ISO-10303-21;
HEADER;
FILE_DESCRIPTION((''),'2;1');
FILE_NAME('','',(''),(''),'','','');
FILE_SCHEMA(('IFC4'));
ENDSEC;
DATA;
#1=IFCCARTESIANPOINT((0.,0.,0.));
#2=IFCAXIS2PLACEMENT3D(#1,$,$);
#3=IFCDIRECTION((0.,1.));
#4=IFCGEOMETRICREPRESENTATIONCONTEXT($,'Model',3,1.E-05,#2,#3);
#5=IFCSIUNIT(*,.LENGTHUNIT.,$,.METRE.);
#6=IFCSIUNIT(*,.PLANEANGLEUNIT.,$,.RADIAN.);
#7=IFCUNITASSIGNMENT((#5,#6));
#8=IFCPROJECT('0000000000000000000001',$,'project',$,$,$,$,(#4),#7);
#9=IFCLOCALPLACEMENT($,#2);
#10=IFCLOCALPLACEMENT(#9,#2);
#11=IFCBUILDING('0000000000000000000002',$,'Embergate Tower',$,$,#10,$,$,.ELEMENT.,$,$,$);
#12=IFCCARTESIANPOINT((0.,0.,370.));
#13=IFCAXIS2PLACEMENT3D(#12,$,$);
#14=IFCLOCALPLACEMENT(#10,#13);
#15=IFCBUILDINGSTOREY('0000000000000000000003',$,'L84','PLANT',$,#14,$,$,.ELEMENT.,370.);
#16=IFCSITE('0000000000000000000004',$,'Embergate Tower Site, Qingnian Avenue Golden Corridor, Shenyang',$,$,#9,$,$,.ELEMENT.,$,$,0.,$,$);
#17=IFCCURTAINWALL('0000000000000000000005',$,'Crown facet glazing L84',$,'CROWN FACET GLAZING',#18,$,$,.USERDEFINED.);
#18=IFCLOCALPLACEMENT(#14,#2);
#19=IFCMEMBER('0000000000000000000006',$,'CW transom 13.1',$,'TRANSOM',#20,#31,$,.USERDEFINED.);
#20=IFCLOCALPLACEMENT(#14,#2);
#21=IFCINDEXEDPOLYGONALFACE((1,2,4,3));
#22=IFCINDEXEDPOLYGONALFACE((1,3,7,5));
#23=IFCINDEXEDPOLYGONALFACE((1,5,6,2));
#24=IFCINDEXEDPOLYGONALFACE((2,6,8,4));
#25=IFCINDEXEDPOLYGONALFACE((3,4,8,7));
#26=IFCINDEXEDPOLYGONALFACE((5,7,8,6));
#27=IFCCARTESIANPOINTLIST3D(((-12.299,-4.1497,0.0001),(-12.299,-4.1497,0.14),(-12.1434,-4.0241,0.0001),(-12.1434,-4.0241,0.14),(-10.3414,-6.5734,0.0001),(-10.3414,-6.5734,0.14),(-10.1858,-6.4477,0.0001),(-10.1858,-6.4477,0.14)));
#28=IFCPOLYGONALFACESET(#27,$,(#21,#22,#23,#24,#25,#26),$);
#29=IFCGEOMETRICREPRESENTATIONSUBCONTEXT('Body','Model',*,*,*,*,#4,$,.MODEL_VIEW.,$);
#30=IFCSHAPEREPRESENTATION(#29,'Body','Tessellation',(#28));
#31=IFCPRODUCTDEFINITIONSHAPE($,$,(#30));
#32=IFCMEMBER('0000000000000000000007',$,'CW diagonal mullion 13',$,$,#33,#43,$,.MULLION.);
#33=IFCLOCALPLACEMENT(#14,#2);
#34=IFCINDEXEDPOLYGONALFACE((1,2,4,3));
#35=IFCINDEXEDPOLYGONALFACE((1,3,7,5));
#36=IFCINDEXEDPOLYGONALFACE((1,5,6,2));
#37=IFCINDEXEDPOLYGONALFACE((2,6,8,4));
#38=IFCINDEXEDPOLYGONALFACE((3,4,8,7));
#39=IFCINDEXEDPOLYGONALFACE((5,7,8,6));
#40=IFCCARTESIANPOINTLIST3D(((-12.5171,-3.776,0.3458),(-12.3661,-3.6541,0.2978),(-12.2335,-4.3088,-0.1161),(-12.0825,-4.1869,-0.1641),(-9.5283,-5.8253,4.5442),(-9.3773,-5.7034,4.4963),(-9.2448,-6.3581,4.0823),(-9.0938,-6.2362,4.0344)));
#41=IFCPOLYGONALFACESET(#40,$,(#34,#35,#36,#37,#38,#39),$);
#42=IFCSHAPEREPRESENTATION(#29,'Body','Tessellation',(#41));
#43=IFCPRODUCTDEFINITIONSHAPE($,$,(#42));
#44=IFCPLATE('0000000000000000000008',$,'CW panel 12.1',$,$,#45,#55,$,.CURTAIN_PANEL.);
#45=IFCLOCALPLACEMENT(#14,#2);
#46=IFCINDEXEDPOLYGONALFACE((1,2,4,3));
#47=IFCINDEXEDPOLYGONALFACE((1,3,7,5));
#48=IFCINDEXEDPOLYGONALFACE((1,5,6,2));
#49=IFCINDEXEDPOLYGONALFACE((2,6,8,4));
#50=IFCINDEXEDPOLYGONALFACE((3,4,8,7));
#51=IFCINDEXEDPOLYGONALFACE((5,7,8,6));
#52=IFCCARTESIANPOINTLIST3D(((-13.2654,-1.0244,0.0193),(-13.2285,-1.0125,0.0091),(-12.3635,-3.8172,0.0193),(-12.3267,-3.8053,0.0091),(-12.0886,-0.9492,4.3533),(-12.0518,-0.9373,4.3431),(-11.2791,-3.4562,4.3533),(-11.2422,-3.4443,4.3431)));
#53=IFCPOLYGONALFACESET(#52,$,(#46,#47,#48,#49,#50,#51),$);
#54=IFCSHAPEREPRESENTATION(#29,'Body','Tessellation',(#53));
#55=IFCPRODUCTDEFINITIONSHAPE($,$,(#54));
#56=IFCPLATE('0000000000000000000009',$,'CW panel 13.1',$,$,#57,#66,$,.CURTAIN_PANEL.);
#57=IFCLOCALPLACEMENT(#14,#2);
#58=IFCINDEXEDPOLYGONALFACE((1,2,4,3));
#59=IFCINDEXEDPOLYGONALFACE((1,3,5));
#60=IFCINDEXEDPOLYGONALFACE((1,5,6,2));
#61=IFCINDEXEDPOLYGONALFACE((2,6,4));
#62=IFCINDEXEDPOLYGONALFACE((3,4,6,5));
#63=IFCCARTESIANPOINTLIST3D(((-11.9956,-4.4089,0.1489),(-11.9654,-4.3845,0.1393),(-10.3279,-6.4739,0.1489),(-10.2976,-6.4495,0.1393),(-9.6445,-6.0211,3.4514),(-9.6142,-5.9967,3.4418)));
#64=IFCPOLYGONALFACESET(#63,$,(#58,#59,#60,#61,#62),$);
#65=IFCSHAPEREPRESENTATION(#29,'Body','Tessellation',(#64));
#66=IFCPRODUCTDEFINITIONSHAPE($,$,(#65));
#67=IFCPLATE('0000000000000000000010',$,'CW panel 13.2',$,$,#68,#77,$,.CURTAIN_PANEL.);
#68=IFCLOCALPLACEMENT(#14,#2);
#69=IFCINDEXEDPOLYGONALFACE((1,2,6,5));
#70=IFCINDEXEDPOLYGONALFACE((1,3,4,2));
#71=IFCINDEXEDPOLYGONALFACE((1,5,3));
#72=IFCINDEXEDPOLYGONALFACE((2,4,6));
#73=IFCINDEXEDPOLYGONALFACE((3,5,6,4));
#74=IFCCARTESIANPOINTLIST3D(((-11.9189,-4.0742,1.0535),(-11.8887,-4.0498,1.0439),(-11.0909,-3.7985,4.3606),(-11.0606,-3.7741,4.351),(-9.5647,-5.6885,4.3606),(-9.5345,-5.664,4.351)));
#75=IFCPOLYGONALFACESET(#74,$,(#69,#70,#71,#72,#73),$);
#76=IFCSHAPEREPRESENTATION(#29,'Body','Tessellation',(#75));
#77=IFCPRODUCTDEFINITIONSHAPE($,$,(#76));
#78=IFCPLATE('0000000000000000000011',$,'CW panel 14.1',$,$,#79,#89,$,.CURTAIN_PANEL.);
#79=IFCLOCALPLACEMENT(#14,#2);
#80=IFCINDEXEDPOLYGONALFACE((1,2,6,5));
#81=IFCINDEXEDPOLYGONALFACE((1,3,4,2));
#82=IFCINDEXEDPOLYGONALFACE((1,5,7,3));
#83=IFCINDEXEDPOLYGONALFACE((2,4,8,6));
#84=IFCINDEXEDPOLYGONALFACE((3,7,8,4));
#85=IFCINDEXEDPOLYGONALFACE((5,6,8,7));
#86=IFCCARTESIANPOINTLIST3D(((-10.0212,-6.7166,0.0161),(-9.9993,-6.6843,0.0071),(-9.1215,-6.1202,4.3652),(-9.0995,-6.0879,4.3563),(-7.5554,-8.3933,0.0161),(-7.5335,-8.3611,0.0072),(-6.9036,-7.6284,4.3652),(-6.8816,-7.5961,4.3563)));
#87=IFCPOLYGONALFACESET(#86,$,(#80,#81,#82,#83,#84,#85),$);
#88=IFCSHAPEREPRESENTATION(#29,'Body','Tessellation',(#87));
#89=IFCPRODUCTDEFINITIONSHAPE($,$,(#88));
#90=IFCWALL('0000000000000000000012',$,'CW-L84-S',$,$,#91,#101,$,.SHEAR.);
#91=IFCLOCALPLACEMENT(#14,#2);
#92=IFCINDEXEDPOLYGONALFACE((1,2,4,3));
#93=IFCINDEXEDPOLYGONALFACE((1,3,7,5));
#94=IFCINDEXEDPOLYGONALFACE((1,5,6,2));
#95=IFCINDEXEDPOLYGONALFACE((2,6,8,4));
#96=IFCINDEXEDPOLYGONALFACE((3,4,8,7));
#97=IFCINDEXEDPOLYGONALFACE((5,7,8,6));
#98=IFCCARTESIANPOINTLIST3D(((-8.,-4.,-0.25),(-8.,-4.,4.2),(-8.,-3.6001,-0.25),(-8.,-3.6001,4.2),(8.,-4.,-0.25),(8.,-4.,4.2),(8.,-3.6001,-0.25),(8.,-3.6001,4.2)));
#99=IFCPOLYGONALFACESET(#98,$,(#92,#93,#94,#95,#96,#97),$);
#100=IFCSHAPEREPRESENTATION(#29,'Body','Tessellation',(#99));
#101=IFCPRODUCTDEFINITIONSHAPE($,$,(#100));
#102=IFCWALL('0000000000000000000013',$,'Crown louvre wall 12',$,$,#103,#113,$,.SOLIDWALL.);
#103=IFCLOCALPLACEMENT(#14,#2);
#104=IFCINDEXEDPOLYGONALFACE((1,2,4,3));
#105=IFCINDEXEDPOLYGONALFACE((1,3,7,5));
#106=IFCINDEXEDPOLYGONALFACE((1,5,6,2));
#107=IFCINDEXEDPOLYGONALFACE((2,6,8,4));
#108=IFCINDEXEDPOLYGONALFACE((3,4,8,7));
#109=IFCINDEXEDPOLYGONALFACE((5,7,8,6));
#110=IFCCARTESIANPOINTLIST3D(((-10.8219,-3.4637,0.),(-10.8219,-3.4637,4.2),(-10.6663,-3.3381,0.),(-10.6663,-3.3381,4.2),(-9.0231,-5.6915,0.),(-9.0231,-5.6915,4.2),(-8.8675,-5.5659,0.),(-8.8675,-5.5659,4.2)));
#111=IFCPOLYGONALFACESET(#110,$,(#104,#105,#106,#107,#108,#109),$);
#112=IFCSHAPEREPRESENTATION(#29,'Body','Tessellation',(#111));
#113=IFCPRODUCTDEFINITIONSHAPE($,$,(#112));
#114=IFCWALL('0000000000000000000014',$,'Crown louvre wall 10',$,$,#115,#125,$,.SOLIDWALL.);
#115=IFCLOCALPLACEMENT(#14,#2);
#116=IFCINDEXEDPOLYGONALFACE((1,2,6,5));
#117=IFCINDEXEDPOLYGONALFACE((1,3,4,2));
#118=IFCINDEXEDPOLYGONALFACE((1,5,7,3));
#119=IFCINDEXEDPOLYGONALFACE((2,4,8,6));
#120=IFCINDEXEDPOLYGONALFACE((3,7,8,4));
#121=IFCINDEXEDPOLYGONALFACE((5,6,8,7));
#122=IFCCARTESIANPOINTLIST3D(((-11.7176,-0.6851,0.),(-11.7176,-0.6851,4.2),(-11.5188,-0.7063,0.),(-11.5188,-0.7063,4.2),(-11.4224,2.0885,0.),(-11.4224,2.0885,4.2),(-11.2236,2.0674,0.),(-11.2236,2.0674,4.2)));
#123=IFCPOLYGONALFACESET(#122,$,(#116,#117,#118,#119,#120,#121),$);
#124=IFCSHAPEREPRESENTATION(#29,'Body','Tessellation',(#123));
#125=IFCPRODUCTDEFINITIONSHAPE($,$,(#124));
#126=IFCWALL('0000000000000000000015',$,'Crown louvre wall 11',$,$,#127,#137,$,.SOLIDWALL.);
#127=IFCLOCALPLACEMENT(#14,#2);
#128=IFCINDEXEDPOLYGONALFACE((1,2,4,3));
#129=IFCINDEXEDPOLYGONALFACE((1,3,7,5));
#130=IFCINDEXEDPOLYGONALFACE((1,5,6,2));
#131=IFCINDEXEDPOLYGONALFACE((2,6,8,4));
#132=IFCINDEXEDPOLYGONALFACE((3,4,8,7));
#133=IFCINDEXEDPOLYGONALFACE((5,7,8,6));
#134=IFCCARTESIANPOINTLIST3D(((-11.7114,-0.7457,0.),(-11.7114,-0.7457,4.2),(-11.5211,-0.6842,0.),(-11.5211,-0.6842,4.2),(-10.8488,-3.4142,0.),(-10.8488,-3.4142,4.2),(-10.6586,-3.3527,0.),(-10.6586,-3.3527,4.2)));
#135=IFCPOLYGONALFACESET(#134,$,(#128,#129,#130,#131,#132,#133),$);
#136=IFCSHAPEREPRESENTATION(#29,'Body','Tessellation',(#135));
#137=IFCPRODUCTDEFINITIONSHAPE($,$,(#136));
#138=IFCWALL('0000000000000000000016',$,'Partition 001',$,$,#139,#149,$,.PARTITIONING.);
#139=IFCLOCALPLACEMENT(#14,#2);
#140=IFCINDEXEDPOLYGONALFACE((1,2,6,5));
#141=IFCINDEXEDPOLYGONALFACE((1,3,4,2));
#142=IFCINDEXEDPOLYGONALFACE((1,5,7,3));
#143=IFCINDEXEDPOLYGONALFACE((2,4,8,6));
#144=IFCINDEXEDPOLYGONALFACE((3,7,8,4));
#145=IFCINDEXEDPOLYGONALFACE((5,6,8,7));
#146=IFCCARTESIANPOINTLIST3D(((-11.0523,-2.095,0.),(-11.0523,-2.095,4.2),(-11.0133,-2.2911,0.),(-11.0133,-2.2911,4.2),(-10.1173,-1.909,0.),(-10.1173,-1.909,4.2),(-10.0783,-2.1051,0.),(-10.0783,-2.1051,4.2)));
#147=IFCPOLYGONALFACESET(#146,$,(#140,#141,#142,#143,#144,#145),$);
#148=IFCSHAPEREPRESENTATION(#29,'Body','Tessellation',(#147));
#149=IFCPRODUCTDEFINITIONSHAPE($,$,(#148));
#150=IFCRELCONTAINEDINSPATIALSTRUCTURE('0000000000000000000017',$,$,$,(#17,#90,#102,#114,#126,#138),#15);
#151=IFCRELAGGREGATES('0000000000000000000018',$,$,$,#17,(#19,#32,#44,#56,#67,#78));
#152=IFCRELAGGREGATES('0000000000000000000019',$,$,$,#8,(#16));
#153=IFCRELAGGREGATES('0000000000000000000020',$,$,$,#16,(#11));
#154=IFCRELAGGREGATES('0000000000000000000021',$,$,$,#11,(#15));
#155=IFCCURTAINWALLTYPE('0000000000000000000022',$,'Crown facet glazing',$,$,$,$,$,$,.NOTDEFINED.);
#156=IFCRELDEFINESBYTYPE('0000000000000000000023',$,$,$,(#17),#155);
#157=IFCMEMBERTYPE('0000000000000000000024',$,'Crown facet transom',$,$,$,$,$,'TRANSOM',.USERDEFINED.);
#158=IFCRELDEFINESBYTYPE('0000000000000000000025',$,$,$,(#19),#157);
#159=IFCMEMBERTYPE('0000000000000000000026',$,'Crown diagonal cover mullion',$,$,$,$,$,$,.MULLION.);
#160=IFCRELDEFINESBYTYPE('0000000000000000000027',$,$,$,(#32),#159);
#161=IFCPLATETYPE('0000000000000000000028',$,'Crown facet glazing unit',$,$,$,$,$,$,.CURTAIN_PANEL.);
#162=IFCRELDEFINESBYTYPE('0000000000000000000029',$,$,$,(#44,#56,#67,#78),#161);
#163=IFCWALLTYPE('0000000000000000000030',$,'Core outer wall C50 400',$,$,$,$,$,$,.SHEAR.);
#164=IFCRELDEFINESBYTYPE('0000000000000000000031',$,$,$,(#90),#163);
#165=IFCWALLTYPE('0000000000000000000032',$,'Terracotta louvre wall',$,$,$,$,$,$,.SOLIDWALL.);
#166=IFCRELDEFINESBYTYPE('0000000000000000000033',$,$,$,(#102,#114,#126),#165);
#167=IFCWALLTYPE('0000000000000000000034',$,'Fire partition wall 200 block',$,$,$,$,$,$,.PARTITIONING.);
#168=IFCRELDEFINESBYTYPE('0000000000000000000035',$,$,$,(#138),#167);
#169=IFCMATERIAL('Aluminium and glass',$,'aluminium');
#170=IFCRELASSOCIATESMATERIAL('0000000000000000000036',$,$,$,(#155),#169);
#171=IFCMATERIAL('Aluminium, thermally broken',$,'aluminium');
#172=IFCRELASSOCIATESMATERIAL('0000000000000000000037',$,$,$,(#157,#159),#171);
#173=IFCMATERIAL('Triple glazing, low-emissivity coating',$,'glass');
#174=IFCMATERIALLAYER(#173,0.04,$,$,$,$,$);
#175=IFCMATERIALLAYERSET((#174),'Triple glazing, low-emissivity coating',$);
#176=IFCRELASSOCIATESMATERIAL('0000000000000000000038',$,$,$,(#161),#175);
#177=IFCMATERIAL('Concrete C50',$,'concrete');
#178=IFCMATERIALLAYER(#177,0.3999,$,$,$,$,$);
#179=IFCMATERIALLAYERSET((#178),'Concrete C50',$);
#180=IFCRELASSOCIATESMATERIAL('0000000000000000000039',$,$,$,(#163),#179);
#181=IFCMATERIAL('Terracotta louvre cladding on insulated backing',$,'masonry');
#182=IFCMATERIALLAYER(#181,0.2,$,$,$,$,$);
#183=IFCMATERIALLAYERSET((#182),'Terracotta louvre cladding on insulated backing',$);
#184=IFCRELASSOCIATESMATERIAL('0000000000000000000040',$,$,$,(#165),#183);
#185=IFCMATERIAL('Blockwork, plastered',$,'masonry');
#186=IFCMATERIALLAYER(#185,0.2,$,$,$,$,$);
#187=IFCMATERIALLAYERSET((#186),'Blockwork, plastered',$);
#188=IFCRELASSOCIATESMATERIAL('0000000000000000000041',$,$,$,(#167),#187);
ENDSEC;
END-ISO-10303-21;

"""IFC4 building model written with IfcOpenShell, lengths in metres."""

from ifc_helpers import new_model, si_unit, direction, frame, frame_2d, origin, origin_2d, place, context, subcontext, project, spatial, polyline, rectangle, outline, extrude, source, transform, mapped, material, layer, layer_set, material_profile, profile_set, type_object, element, aggregate, save


model = new_model("IFC4")

# Units and contexts
model_context = context("Model", 3, precision=1e-05, world=origin(), true_north=direction((0.0, 1.0)))
body_context = subcontext(model_context, "Body", "Model", "MODEL_VIEW")
ifc_project = project(units=[si_unit("LENGTHUNIT", "METRE"), si_unit("PLANEANGLEUNIT", "RADIAN")], contexts=[model_context])

# Site, building, storey
site_placement = place(None, origin())
site = spatial("IfcSite", under=ifc_project, at=site_placement, Name="Embergate Tower Site, Qingnian Avenue Golden Corridor, Shenyang", CompositionType="ELEMENT", RefElevation=0.0)
building_placement = place(site_placement, origin())
building = spatial("IfcBuilding", under=site, at=building_placement, Name="Embergate Tower", CompositionType="ELEMENT")
storey_placement = place(building_placement, frame((0.0, 0.0, 370.0)))
storey = spatial("IfcBuildingStorey", under=building, at=storey_placement, Name="L84", Description="PLANT", CompositionType="ELEMENT", Elevation=370.0)

# Curtain wall, members, plates
ifc_material_1 = material(Name="Aluminium and glass", Category="aluminium")
curtain_wall_type = type_object("IfcCurtainWallType", Name="Crown facet glazing", PredefinedType="NOTDEFINED", material=ifc_material_1)
curtain_wall_placement = place(storey_placement, origin())
curtain_wall = element("IfcCurtainWall", 1, at=curtain_wall_placement, inside=storey, type_object=curtain_wall_type, Name="Crown facet glazing L84", ObjectType="CROWN FACET GLAZING", PredefinedType="USERDEFINED")
ifc_material_2 = material(Name="Aluminium, thermally broken", Category="aluminium")
ifc_material_profile_1 = material_profile(ifc_material_2, rectangle(XDim=0.2, YDim=0.1399, at=origin_2d()), Name="AL 140x200")
ifc_profile_set_1 = profile_set([ifc_material_profile_1], Name="Aluminium, thermally broken")
member_type_1 = type_object("IfcMemberType", Name="Crown facet transom", ElementType="TRANSOM", PredefinedType="USERDEFINED", material=ifc_profile_set_1)
shared_shape_1 = source(origin(), body_context, "Body", "SweptSolid", [
    extrude(rectangle(XDim=0.2, YDim=0.1399, at=origin_2d()), origin(), (0.0, 0.0, 1.0), 3.1155),
])
member_1_placement = place(storey_placement, frame((-12.2212, -4.0869, 0.0701), z_axis=(0.628339, -0.77794, 0.0), x_axis=(0.77794, 0.628339, 0.0)))
member_1 = element("IfcMember", 2, at=member_1_placement, type_object=member_type_1, Name="CW transom 13.1", ObjectType="TRANSOM", PredefinedType="USERDEFINED", context=body_context, shape_type="MappedRepresentation", body=[
    mapped(shared_shape_1, transform((0.0, 0.0, 0.0))),
])
ifc_material_profile_2 = material_profile(ifc_material_2, rectangle(XDim=0.2, YDim=0.76, at=origin_2d()), Name="AL 760x200")
ifc_profile_set_2 = profile_set([ifc_material_profile_2], Name="Aluminium, thermally broken")
member_type_2 = type_object("IfcMemberType", Name="Crown diagonal cover mullion", PredefinedType="MULLION", material=ifc_profile_set_2)
shared_shape_2 = source(origin(), body_context, "Body", "SweptSolid", [
    extrude(rectangle(XDim=0.2, YDim=0.76, at=origin_2d()), origin(), (0.0, 0.0, 1.0), 5.5461),
])
member_2_placement = place(storey_placement, frame((-12.2998, -3.9814, 0.0908), z_axis=(0.538891, -0.369503, 0.75701), x_axis=(-0.75525, -0.609948, 0.239918)))
member_2 = element("IfcMember", 3, at=member_2_placement, type_object=member_type_2, Name="CW diagonal mullion 13", PredefinedType="MULLION", context=body_context, shape_type="MappedRepresentation", body=[
    mapped(shared_shape_2, transform((0.0, 0.0, 0.0))),
])
ifc_material_3 = material(Name="Triple glazing, low-emissivity coating", Category="glass")
ifc_layer_1 = layer(ifc_material_3, 0.04)
ifc_layer_set_1 = layer_set([ifc_layer_1], Name="Triple glazing, low-emissivity coating")
plate_type = type_object("IfcPlateType", Name="Crown facet glazing unit", PredefinedType="CURTAIN_PANEL", material=ifc_layer_set_1)
shared_shape_3 = source(origin(), body_context, "Body", "SweptSolid", [
    extrude(outline(polyline([(0.0, 0.0), (2.9348, 0.0), (2.9246, 4.4822), (0.29, 4.4822), (0.0, 0.0)])), origin(), (0.0, 0.0, -1.0), 0.04),
])
plate_1_placement = place(storey_placement, frame((-13.2654, -1.0244, 0.0193), z_axis=(-0.920157, -0.297139, 0.25499), x_axis=(0.307298, -0.951613, 0.000002)))
plate_1 = element("IfcPlate", 4, at=plate_1_placement, type_object=plate_type, Name="CW panel 12.1", PredefinedType="CURTAIN_PANEL", context=body_context, shape_type="MappedRepresentation", body=[
    mapped(shared_shape_3, transform((0.0, 0.0, 0.0))),
])
shared_shape_4 = source(origin(), body_context, "Body", "SweptSolid", [
    extrude(outline(polyline([(0.0, 0.0), (2.6543, 0.0), (2.7314, 3.4019), (0.0, 0.0)])), origin(), (0.0, 0.0, -1.0), 0.04),
])
plate_2_placement = place(storey_placement, frame((-11.9956, -4.4089, 0.1489), z_axis=(-0.75524, -0.60996, 0.23992), x_axis=(0.628311, -0.777962, 0.0)))
plate_2 = element("IfcPlate", 5, at=plate_2_placement, type_object=plate_type, Name="CW panel 13.1", PredefinedType="CURTAIN_PANEL", context=body_context, shape_type="MappedRepresentation", body=[
    mapped(shared_shape_4, transform((0.0, 0.0, 0.0))),
])
shared_shape_5 = source(origin(), body_context, "Body", "SweptSolid", [
    extrude(outline(polyline([(0.0, 0.0), (4.3687, 0.0), (2.8479, 1.8943), (0.0, 0.0)])), origin(), (0.0, 0.0, -1.0), 0.04),
])
plate_3_placement = place(storey_placement, frame((-11.9189, -4.0742, 1.0535), z_axis=(-0.755276, -0.6099, 0.239958), x_axis=(0.538892, -0.369507, 0.757008)))
plate_3 = element("IfcPlate", 6, at=plate_3_placement, type_object=plate_type, Name="CW panel 13.2", PredefinedType="CURTAIN_PANEL", context=body_context, shape_type="MappedRepresentation", body=[
    mapped(shared_shape_5, transform((0.0, 0.0, 0.0))),
])
shared_shape_6 = source(origin(), body_context, "Body", "SweptSolid", [
    extrude(outline(polyline([(0.0, 0.0), (2.9819, 0.0), (3.0908, 4.4624), (0.4087, 4.4624), (0.0, 0.0)])), origin(), (0.0, 0.0, -1.0), 0.04),
])
plate_4_placement = place(storey_placement, frame((-10.0212, -6.7166, 0.0161), z_axis=(-0.548041, -0.805931, 0.223888), x_axis=(0.826923, -0.562316, 0.000002)))
plate_4 = element("IfcPlate", 7, at=plate_4_placement, type_object=plate_type, Name="CW panel 14.1", PredefinedType="CURTAIN_PANEL", context=body_context, shape_type="MappedRepresentation", body=[
    mapped(shared_shape_6, transform((0.0, 0.0, 0.0))),
])
aggregate(curtain_wall, [member_1, member_2, plate_1, plate_2, plate_3, plate_4])

# Walls
ifc_material_4 = material(Name="Concrete C50", Category="concrete")
ifc_layer_2 = layer(ifc_material_4, 0.3999)
ifc_layer_set_2 = layer_set([ifc_layer_2], Name="Concrete C50")
wall_type_1 = type_object("IfcWallType", Name="Core outer wall C50 400", PredefinedType="SHEAR", material=ifc_layer_set_2)
shared_shape_7 = source(origin(), body_context, "Body", "SweptSolid", [
    extrude(rectangle(XDim=16.0, YDim=0.3999, at=frame_2d((8.0, 0.0))), origin(), (0.0, 0.0, 1.0), 4.45),
])
wall_1_placement = place(storey_placement, frame((-8.0, -3.8, -0.25), z_axis=(0.0, 0.0, 1.0), x_axis=(1.0, 0.0, 0.0)))
element("IfcWall", 8, at=wall_1_placement, inside=storey, type_object=wall_type_1, Name="CW-L84-S", PredefinedType="SHEAR", context=body_context, shape_type="MappedRepresentation", body=[
    mapped(shared_shape_7, transform((0.0, 0.0, 0.0))),
])
ifc_material_5 = material(Name="Terracotta louvre cladding on insulated backing", Category="masonry")
ifc_layer_3 = layer(ifc_material_5, 0.2)
ifc_layer_set_3 = layer_set([ifc_layer_3], Name="Terracotta louvre cladding on insulated backing")
wall_type_2 = type_object("IfcWallType", Name="Terracotta louvre wall", PredefinedType="SOLIDWALL", material=ifc_layer_set_3)
shared_shape_8 = source(origin(), body_context, "Body", "SweptSolid", [
    extrude(rectangle(XDim=2.8633, YDim=0.2, at=frame_2d((1.4316, 0.0))), origin(), (0.0, 0.0, 1.0), 4.2),
])
wall_2_placement = place(storey_placement, frame((-8.9453, -5.6287, 0.0), z_axis=(0.0, 0.0, 1.0), x_axis=(-0.628224, 0.778033, 0.0)))
element("IfcWall", 9, at=wall_2_placement, inside=storey, type_object=wall_type_2, Name="Crown louvre wall 12", PredefinedType="SOLIDWALL", context=body_context, shape_type="MappedRepresentation", body=[
    mapped(shared_shape_8, transform((0.0, 0.0, 0.0))),
])
shared_shape_9 = source(origin(), body_context, "Body", "SweptSolid", [
    extrude(rectangle(XDim=2.7893, YDim=0.2, at=frame_2d((1.3945, 0.0))), origin(), (0.0, 0.0, 1.0), 4.2),
])
wall_3_placement = place(storey_placement, frame((-11.6182, -0.6956, 0.0), z_axis=(0.0, 0.0, 1.0), x_axis=(0.105819, 0.994385, 0.0)))
element("IfcWall", 10, at=wall_3_placement, inside=storey, type_object=wall_type_2, Name="Crown louvre wall 10", PredefinedType="SOLIDWALL", context=body_context, shape_type="MappedRepresentation", body=[
    mapped(shared_shape_9, transform((0.0, 0.0, 0.0))),
])
shared_shape_10 = source(origin(), body_context, "Body", "SweptSolid", [
    extrude(rectangle(XDim=2.8044, YDim=0.2, at=frame_2d((1.4023, 0.0))), origin(), (0.0, 0.0, 1.0), 4.2),
])
wall_4_placement = place(storey_placement, frame((-10.7537, -3.3835, 0.0), z_axis=(0.0, 0.0, 1.0), x_axis=(-0.30757, 0.951525, 0.0)))
element("IfcWall", 11, at=wall_4_placement, inside=storey, type_object=wall_type_2, Name="Crown louvre wall 11", PredefinedType="SOLIDWALL", context=body_context, shape_type="MappedRepresentation", body=[
    mapped(shared_shape_10, transform((0.0, 0.0, 0.0))),
])
ifc_material_6 = material(Name="Blockwork, plastered", Category="masonry")
ifc_layer_4 = layer(ifc_material_6, 0.2)
ifc_layer_set_4 = layer_set([ifc_layer_4], Name="Blockwork, plastered")
wall_type_3 = type_object("IfcWallType", Name="Fire partition wall 200 block", PredefinedType="PARTITIONING", material=ifc_layer_set_4)
shared_shape_11 = source(origin(), body_context, "Body", "SweptSolid", [
    extrude(rectangle(XDim=0.9534, YDim=0.2, at=frame_2d((0.4766, 0.0))), origin(), (0.0, 0.0, 1.0), 4.2),
])
wall_5_placement = place(storey_placement, frame((-10.0979, -2.0071, 0.0), z_axis=(0.0, 0.0, 1.0), x_axis=(-0.980777, -0.195131, 0.0)))
element("IfcWall", 12, at=wall_5_placement, inside=storey, type_object=wall_type_3, Name="Partition 001", PredefinedType="PARTITIONING", context=body_context, shape_type="MappedRepresentation", body=[
    mapped(shared_shape_11, transform((0.0, 0.0, 0.0))),
])

save(model, "model.ifc")
